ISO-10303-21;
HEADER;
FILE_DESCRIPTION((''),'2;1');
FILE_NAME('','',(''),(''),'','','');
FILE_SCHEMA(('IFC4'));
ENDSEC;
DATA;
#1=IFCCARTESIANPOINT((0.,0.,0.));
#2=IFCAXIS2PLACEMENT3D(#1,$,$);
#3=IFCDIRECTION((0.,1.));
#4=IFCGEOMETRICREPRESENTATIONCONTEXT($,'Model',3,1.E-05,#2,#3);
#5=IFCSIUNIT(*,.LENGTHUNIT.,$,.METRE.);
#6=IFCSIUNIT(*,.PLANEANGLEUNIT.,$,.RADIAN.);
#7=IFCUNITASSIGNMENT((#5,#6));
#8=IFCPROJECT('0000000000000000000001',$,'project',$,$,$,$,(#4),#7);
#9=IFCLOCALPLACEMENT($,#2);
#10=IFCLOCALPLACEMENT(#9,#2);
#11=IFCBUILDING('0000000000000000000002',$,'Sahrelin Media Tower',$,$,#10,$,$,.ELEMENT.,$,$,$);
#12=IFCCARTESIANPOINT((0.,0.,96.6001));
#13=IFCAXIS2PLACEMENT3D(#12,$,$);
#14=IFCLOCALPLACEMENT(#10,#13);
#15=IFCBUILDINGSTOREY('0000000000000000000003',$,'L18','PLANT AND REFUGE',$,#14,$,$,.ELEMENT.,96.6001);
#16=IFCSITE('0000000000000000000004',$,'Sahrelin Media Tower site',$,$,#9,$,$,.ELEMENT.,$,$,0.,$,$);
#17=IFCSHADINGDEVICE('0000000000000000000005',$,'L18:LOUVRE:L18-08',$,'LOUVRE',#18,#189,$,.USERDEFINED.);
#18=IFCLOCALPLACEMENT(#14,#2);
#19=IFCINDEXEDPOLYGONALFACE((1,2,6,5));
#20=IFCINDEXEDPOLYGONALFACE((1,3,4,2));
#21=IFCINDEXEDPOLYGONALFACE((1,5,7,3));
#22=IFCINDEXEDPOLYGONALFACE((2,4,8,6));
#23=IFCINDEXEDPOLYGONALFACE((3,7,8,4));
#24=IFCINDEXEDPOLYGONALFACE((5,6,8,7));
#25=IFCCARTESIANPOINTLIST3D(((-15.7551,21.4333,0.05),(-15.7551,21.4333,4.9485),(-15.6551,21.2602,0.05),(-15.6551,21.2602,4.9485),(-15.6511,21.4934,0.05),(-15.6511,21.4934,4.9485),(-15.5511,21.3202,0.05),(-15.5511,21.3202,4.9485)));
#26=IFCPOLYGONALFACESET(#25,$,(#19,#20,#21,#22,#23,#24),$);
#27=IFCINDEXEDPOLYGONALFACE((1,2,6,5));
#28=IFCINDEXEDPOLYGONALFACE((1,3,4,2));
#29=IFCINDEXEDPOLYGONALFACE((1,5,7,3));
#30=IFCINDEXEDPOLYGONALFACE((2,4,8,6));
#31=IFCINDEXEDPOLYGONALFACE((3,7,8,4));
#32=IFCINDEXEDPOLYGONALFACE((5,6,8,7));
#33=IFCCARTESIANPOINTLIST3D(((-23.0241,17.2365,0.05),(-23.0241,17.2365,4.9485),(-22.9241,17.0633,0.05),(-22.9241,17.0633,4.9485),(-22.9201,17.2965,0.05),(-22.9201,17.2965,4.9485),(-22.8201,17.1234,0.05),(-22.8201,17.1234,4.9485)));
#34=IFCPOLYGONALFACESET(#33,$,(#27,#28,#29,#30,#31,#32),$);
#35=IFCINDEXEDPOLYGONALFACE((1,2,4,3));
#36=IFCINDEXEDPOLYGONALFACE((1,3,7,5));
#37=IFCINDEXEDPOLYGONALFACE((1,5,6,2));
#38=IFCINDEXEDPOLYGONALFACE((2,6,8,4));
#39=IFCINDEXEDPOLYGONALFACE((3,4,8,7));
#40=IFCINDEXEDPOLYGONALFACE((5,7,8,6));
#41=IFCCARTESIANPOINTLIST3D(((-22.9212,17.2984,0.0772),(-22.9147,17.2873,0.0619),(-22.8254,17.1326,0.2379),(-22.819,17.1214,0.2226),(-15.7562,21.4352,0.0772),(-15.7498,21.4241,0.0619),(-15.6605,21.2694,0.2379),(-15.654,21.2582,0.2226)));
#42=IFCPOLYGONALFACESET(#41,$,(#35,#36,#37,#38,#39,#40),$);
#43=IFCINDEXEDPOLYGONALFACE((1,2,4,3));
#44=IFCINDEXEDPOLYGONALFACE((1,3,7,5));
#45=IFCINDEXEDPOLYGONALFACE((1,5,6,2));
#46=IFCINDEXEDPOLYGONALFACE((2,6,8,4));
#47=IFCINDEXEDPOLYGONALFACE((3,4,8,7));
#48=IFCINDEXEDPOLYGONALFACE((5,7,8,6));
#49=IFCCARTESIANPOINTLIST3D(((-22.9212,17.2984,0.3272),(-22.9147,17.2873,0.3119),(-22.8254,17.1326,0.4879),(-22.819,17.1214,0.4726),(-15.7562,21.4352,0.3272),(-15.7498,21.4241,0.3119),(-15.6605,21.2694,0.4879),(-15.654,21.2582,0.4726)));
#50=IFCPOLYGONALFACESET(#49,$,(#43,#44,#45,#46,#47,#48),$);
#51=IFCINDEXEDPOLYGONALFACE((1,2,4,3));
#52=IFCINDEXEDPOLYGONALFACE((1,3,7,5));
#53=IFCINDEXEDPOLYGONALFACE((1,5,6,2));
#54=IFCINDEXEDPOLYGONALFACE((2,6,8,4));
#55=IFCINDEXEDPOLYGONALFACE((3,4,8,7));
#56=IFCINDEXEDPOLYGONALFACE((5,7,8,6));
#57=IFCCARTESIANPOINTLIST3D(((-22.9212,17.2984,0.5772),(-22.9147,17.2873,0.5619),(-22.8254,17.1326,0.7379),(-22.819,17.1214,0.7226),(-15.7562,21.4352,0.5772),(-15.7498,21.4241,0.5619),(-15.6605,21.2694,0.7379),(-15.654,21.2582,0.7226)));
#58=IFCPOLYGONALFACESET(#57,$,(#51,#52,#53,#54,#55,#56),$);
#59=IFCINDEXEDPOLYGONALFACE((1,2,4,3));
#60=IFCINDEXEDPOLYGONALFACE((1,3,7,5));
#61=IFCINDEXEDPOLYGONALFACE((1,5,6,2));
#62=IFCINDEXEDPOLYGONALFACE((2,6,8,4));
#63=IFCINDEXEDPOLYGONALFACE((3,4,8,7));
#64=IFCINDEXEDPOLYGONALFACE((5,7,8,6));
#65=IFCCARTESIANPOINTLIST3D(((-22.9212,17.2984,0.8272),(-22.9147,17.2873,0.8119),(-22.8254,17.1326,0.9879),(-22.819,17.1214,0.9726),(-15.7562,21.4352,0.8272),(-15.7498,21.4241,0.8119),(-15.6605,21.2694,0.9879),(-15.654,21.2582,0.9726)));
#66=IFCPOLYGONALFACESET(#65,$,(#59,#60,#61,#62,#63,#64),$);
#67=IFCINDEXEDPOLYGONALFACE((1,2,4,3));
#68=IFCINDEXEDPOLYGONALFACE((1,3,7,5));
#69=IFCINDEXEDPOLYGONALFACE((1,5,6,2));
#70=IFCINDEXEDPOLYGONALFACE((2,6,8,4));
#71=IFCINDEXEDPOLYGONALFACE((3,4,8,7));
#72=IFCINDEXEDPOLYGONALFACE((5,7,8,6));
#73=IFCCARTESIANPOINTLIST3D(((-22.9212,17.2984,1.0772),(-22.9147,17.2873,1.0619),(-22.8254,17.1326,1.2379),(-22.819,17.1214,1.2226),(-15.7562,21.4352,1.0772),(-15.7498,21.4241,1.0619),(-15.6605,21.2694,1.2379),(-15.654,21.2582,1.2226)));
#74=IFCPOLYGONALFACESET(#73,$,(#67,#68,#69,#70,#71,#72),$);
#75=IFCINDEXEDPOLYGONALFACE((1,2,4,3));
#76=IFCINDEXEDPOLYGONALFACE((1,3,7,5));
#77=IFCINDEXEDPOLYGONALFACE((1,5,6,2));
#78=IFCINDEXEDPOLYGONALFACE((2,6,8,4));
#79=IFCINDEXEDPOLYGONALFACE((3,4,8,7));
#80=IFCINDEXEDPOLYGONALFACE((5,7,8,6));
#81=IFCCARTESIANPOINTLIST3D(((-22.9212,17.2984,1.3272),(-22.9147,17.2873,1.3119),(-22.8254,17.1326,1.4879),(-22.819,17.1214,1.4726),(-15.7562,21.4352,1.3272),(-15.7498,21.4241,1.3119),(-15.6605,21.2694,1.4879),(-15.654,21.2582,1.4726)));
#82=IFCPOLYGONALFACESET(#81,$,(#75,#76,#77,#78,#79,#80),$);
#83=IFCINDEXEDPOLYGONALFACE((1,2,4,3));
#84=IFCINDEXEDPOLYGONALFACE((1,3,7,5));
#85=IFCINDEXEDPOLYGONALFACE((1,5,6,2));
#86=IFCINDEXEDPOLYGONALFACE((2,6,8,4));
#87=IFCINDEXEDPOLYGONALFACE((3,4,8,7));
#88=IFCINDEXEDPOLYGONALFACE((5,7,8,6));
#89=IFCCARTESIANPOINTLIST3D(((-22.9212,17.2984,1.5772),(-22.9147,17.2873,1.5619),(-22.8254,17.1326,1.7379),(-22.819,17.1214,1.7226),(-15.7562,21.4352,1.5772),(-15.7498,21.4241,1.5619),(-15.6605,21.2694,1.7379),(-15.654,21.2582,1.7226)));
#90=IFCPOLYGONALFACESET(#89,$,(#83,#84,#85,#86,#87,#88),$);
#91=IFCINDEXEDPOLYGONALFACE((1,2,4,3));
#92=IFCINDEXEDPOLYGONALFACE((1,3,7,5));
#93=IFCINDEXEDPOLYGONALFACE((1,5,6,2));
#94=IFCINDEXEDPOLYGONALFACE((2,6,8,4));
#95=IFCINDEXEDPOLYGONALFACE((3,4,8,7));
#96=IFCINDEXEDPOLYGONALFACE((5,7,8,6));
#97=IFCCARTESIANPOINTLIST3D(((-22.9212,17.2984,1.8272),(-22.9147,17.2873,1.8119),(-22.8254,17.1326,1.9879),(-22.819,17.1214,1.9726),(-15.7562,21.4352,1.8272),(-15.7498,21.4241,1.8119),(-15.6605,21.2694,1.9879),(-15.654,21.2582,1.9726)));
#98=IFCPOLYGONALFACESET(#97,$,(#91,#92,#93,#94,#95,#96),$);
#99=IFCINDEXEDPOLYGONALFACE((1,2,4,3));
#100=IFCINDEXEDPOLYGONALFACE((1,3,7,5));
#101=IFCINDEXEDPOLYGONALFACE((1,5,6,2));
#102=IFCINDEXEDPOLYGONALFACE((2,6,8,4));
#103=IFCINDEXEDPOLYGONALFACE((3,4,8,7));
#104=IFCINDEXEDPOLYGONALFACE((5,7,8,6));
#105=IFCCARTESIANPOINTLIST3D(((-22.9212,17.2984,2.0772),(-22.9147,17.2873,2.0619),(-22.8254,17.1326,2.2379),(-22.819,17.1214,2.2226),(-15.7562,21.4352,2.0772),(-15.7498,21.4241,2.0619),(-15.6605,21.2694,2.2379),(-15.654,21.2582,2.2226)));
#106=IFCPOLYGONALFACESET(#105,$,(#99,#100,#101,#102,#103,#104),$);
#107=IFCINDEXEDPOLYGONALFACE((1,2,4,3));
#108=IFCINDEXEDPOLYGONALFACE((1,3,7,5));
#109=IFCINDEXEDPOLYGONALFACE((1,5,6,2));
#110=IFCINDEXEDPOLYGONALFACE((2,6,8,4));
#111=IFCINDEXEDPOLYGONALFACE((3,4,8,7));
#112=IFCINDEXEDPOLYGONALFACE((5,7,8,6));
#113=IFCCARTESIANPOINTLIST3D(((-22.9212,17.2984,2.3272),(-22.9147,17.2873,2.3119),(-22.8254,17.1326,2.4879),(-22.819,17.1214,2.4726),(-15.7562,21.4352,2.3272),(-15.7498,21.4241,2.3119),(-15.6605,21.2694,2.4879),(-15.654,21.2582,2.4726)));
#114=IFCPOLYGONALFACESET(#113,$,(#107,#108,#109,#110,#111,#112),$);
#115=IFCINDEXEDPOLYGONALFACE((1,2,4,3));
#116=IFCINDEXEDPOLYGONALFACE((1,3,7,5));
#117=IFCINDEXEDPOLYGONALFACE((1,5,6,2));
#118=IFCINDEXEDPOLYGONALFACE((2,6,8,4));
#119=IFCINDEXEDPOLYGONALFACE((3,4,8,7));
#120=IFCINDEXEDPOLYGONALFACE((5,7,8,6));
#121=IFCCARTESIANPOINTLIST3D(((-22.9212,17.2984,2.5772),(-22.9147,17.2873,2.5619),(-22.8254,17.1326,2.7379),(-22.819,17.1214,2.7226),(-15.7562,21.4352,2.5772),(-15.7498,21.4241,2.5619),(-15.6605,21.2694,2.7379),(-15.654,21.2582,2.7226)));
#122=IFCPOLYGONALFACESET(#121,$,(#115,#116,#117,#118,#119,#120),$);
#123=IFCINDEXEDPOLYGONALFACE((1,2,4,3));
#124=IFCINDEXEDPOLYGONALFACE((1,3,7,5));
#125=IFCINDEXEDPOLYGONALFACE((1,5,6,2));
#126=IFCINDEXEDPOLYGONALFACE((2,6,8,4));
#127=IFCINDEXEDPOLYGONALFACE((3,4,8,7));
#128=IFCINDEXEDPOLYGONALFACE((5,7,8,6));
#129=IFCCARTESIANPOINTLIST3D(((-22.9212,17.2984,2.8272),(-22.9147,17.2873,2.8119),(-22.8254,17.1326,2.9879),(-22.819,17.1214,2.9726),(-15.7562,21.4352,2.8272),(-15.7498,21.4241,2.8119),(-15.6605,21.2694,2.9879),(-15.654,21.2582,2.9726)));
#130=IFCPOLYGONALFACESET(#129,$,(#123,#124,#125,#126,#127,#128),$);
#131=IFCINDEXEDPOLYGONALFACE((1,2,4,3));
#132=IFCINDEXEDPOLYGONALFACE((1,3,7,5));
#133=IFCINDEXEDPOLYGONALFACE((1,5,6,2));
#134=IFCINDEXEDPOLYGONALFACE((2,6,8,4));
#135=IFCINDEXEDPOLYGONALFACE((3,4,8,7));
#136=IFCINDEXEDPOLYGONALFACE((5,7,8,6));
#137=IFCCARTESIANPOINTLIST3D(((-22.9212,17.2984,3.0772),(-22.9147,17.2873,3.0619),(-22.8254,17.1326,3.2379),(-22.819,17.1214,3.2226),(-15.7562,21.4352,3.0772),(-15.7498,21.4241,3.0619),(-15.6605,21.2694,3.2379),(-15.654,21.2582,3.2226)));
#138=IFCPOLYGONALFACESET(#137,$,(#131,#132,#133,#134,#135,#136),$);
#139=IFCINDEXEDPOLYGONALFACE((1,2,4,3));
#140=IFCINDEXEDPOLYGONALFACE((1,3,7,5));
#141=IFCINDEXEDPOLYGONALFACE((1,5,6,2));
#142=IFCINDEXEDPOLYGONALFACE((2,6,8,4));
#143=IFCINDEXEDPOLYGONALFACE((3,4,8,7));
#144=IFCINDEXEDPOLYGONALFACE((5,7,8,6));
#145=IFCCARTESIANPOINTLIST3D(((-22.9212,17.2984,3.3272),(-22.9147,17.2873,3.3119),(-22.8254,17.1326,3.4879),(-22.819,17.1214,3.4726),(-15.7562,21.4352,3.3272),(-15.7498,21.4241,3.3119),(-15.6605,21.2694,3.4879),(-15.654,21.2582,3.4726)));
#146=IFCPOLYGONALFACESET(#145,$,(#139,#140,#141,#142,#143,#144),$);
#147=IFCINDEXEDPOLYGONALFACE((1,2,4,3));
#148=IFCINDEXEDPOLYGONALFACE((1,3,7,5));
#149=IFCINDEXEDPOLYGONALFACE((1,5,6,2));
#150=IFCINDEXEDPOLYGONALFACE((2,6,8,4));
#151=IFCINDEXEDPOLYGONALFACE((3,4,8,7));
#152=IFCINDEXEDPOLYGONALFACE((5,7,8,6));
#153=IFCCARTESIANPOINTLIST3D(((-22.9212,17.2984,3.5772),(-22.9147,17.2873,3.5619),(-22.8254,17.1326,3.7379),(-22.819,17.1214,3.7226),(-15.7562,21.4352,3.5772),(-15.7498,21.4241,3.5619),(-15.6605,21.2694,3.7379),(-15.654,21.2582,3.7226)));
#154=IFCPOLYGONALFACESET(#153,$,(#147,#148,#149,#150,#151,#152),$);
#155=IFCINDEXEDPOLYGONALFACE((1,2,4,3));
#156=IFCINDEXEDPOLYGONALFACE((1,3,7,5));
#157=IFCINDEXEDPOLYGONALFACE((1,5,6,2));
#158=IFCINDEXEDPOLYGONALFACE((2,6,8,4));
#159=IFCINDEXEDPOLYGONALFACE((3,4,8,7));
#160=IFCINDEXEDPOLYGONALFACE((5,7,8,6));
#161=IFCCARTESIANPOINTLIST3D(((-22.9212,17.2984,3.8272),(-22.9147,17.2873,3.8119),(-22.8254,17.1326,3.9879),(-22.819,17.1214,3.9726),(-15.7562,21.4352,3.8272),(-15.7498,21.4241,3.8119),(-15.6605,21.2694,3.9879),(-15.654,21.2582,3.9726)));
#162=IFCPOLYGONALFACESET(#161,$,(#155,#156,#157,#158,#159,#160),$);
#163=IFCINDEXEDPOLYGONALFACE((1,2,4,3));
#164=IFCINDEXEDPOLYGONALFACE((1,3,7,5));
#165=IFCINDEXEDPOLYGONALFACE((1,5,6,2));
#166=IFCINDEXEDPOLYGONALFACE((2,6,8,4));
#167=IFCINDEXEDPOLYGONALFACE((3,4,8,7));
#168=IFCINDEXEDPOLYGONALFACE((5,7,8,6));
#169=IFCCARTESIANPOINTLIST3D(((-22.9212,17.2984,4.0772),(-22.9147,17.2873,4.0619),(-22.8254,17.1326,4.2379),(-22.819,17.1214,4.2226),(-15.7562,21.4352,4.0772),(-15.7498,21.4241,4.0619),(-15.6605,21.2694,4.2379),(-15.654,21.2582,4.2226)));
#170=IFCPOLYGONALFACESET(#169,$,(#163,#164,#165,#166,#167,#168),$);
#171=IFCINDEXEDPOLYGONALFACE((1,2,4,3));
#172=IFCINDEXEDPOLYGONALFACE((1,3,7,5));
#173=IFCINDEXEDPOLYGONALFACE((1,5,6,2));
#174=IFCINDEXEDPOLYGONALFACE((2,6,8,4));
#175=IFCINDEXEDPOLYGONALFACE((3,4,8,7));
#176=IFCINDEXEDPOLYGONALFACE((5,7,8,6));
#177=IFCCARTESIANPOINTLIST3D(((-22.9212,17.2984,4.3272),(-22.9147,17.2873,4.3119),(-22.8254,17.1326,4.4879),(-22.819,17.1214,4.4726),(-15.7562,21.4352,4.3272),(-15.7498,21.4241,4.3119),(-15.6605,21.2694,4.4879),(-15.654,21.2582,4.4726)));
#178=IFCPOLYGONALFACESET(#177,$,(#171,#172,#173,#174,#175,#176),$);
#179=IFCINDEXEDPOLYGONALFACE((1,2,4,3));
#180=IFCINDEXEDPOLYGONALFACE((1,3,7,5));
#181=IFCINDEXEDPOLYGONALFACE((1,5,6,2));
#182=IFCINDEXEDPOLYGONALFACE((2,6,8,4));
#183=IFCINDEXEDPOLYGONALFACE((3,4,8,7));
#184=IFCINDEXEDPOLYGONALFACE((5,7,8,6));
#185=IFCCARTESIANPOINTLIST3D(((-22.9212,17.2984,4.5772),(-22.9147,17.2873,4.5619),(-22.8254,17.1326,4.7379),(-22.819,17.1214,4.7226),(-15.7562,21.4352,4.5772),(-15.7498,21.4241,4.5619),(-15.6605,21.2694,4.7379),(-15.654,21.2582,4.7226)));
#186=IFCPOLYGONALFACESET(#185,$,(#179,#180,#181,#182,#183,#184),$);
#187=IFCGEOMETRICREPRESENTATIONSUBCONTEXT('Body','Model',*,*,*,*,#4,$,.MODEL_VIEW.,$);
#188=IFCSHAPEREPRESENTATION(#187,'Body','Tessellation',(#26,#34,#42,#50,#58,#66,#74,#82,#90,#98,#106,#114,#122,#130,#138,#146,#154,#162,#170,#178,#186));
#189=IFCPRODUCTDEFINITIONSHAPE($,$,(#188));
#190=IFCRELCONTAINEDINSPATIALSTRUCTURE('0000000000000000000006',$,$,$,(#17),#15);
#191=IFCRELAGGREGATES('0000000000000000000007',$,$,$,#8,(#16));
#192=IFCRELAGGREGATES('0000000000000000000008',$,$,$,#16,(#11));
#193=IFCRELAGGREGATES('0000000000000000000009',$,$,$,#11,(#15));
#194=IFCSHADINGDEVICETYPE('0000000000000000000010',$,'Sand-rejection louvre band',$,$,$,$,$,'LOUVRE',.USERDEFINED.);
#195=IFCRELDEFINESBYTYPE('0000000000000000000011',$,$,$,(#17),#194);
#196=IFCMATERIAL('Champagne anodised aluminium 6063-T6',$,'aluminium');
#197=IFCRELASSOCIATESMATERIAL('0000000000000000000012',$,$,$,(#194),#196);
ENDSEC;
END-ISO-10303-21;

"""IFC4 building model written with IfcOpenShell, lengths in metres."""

from ifc_helpers import new_model, si_unit, direction, frame, origin, origin_2d, place, context, subcontext, project, spatial, rectangle, extrude, material, type_object, element, save


model = new_model("IFC4")

# Units and contexts
model_context = context("Model", 3, precision=1e-05, world=origin(), true_north=direction((0.0, 1.0)))
body_context = subcontext(model_context, "Body", "Model", "MODEL_VIEW")
ifc_project = project(units=[si_unit("LENGTHUNIT", "METRE"), si_unit("PLANEANGLEUNIT", "RADIAN")], contexts=[model_context])

# Site, building, storey
site_placement = place(None, origin())
site = spatial("IfcSite", under=ifc_project, at=site_placement, Name="Sahrelin Media Tower site", CompositionType="ELEMENT", RefElevation=0.0)
building_placement = place(site_placement, origin())
building = spatial("IfcBuilding", under=site, at=building_placement, Name="Sahrelin Media Tower", CompositionType="ELEMENT")
storey_placement = place(building_placement, frame((0.0, 0.0, 96.6001)))
storey = spatial("IfcBuildingStorey", under=building, at=storey_placement, Name="L18", Description="PLANT AND REFUGE", CompositionType="ELEMENT", Elevation=96.6001)

# Shading device
ifc_material_1 = material(Name="Champagne anodised aluminium 6063-T6", Category="aluminium")
shading_device_type = type_object("IfcShadingDeviceType", Name="Sand-rejection louvre band", ElementType="LOUVRE", PredefinedType="USERDEFINED", material=ifc_material_1)
shading_device_1_placement = place(storey_placement, frame((-19.2375, 19.1917, 0.0), z_axis=(0.0, 0.0, 1.0), x_axis=(0.866019, 0.500011, 0.0)))
element("IfcShadingDevice", 1, at=shading_device_1_placement, inside=storey, type_object=shading_device_type, Name="L18:LOUVRE:L18-08", ObjectType="LOUVRE", PredefinedType="USERDEFINED", context=body_context, shape_type="SweptSolid", body=[
    extrude(rectangle(XDim=0.1201, YDim=0.2, at=origin_2d()), frame((4.1968, 0.1001, 0.05), z_axis=(0.0, 0.0, 1.0), x_axis=(1.0, 0.0, 0.0)), (0.0, 0.0, 1.0), 4.8984),
    extrude(rectangle(XDim=0.1201, YDim=0.2, at=origin_2d()), frame((-4.1968, 0.1001, 0.05), z_axis=(0.0, 0.0, 1.0), x_axis=(1.0, 0.0, 0.0)), (0.0, 0.0, 1.0), 4.8984),
    extrude(rectangle(XDim=0.25, YDim=0.02, at=origin_2d()), frame((4.1367, 0.1001, 0.1499), z_axis=(-1.0, 0.0, 0.0), x_axis=(0.0, -0.766044, 0.642788)), (0.0, 0.0, 1.0), 8.2734),
    extrude(rectangle(XDim=0.25, YDim=0.02, at=origin_2d()), frame((4.1367, 0.1001, 0.3999), z_axis=(-1.0, 0.0, 0.0), x_axis=(0.0, -0.766044, 0.642788)), (0.0, 0.0, 1.0), 8.2734),
    extrude(rectangle(XDim=0.25, YDim=0.02, at=origin_2d()), frame((4.1367, 0.1001, 0.6499), z_axis=(-1.0, 0.0, 0.0), x_axis=(0.0, -0.766044, 0.642788)), (0.0, 0.0, 1.0), 8.2734),
    extrude(rectangle(XDim=0.25, YDim=0.02, at=origin_2d()), frame((4.1367, 0.1001, 0.8999), z_axis=(-1.0, 0.0, 0.0), x_axis=(0.0, -0.766044, 0.642788)), (0.0, 0.0, 1.0), 8.2734),
    extrude(rectangle(XDim=0.25, YDim=0.02, at=origin_2d()), frame((4.1367, 0.1001, 1.1499), z_axis=(-1.0, 0.0, 0.0), x_axis=(0.0, -0.766044, 0.642788)), (0.0, 0.0, 1.0), 8.2734),
    extrude(rectangle(XDim=0.25, YDim=0.02, at=origin_2d()), frame((4.1367, 0.1001, 1.3999), z_axis=(-1.0, 0.0, 0.0), x_axis=(0.0, -0.766044, 0.642788)), (0.0, 0.0, 1.0), 8.2734),
    extrude(rectangle(XDim=0.25, YDim=0.02, at=origin_2d()), frame((4.1367, 0.1001, 1.6499), z_axis=(-1.0, 0.0, 0.0), x_axis=(0.0, -0.766044, 0.642788)), (0.0, 0.0, 1.0), 8.2734),
    extrude(rectangle(XDim=0.25, YDim=0.02, at=origin_2d()), frame((4.1367, 0.1001, 1.8999), z_axis=(-1.0, 0.0, 0.0), x_axis=(0.0, -0.766044, 0.642788)), (0.0, 0.0, 1.0), 8.2734),
    extrude(rectangle(XDim=0.25, YDim=0.02, at=origin_2d()), frame((4.1367, 0.1001, 2.1499), z_axis=(-1.0, 0.0, 0.0), x_axis=(0.0, -0.766044, 0.642788)), (0.0, 0.0, 1.0), 8.2734),
    extrude(rectangle(XDim=0.25, YDim=0.02, at=origin_2d()), frame((4.1367, 0.1001, 2.3999), z_axis=(-1.0, 0.0, 0.0), x_axis=(0.0, -0.766044, 0.642788)), (0.0, 0.0, 1.0), 8.2734),
    extrude(rectangle(XDim=0.25, YDim=0.02, at=origin_2d()), frame((4.1367, 0.1001, 2.6499), z_axis=(-1.0, 0.0, 0.0), x_axis=(0.0, -0.766044, 0.642788)), (0.0, 0.0, 1.0), 8.2734),
    extrude(rectangle(XDim=0.25, YDim=0.02, at=origin_2d()), frame((4.1367, 0.1001, 2.8999), z_axis=(-1.0, 0.0, 0.0), x_axis=(0.0, -0.766044, 0.642788)), (0.0, 0.0, 1.0), 8.2734),
    extrude(rectangle(XDim=0.25, YDim=0.02, at=origin_2d()), frame((4.1367, 0.1001, 3.1499), z_axis=(-1.0, 0.0, 0.0), x_axis=(0.0, -0.766044, 0.642788)), (0.0, 0.0, 1.0), 8.2734),
    extrude(rectangle(XDim=0.25, YDim=0.02, at=origin_2d()), frame((4.1367, 0.1001, 3.3999), z_axis=(-1.0, 0.0, 0.0), x_axis=(0.0, -0.766044, 0.642788)), (0.0, 0.0, 1.0), 8.2734),
    extrude(rectangle(XDim=0.25, YDim=0.02, at=origin_2d()), frame((4.1367, 0.1001, 3.6499), z_axis=(-1.0, 0.0, 0.0), x_axis=(0.0, -0.766044, 0.642788)), (0.0, 0.0, 1.0), 8.2734),
    extrude(rectangle(XDim=0.25, YDim=0.02, at=origin_2d()), frame((4.1367, 0.1001, 3.8999), z_axis=(-1.0, 0.0, 0.0), x_axis=(0.0, -0.766044, 0.642788)), (0.0, 0.0, 1.0), 8.2734),
    extrude(rectangle(XDim=0.25, YDim=0.02, at=origin_2d()), frame((4.1367, 0.1001, 4.1499), z_axis=(-1.0, 0.0, 0.0), x_axis=(0.0, -0.766044, 0.642788)), (0.0, 0.0, 1.0), 8.2734),
    extrude(rectangle(XDim=0.25, YDim=0.02, at=origin_2d()), frame((4.1367, 0.1001, 4.3999), z_axis=(-1.0, 0.0, 0.0), x_axis=(0.0, -0.766044, 0.642788)), (0.0, 0.0, 1.0), 8.2734),
    extrude(rectangle(XDim=0.25, YDim=0.02, at=origin_2d()), frame((4.1367, 0.1001, 4.6499), z_axis=(-1.0, 0.0, 0.0), x_axis=(0.0, -0.766044, 0.642788)), (0.0, 0.0, 1.0), 8.2734),
])

save(model, "model.ifc")
